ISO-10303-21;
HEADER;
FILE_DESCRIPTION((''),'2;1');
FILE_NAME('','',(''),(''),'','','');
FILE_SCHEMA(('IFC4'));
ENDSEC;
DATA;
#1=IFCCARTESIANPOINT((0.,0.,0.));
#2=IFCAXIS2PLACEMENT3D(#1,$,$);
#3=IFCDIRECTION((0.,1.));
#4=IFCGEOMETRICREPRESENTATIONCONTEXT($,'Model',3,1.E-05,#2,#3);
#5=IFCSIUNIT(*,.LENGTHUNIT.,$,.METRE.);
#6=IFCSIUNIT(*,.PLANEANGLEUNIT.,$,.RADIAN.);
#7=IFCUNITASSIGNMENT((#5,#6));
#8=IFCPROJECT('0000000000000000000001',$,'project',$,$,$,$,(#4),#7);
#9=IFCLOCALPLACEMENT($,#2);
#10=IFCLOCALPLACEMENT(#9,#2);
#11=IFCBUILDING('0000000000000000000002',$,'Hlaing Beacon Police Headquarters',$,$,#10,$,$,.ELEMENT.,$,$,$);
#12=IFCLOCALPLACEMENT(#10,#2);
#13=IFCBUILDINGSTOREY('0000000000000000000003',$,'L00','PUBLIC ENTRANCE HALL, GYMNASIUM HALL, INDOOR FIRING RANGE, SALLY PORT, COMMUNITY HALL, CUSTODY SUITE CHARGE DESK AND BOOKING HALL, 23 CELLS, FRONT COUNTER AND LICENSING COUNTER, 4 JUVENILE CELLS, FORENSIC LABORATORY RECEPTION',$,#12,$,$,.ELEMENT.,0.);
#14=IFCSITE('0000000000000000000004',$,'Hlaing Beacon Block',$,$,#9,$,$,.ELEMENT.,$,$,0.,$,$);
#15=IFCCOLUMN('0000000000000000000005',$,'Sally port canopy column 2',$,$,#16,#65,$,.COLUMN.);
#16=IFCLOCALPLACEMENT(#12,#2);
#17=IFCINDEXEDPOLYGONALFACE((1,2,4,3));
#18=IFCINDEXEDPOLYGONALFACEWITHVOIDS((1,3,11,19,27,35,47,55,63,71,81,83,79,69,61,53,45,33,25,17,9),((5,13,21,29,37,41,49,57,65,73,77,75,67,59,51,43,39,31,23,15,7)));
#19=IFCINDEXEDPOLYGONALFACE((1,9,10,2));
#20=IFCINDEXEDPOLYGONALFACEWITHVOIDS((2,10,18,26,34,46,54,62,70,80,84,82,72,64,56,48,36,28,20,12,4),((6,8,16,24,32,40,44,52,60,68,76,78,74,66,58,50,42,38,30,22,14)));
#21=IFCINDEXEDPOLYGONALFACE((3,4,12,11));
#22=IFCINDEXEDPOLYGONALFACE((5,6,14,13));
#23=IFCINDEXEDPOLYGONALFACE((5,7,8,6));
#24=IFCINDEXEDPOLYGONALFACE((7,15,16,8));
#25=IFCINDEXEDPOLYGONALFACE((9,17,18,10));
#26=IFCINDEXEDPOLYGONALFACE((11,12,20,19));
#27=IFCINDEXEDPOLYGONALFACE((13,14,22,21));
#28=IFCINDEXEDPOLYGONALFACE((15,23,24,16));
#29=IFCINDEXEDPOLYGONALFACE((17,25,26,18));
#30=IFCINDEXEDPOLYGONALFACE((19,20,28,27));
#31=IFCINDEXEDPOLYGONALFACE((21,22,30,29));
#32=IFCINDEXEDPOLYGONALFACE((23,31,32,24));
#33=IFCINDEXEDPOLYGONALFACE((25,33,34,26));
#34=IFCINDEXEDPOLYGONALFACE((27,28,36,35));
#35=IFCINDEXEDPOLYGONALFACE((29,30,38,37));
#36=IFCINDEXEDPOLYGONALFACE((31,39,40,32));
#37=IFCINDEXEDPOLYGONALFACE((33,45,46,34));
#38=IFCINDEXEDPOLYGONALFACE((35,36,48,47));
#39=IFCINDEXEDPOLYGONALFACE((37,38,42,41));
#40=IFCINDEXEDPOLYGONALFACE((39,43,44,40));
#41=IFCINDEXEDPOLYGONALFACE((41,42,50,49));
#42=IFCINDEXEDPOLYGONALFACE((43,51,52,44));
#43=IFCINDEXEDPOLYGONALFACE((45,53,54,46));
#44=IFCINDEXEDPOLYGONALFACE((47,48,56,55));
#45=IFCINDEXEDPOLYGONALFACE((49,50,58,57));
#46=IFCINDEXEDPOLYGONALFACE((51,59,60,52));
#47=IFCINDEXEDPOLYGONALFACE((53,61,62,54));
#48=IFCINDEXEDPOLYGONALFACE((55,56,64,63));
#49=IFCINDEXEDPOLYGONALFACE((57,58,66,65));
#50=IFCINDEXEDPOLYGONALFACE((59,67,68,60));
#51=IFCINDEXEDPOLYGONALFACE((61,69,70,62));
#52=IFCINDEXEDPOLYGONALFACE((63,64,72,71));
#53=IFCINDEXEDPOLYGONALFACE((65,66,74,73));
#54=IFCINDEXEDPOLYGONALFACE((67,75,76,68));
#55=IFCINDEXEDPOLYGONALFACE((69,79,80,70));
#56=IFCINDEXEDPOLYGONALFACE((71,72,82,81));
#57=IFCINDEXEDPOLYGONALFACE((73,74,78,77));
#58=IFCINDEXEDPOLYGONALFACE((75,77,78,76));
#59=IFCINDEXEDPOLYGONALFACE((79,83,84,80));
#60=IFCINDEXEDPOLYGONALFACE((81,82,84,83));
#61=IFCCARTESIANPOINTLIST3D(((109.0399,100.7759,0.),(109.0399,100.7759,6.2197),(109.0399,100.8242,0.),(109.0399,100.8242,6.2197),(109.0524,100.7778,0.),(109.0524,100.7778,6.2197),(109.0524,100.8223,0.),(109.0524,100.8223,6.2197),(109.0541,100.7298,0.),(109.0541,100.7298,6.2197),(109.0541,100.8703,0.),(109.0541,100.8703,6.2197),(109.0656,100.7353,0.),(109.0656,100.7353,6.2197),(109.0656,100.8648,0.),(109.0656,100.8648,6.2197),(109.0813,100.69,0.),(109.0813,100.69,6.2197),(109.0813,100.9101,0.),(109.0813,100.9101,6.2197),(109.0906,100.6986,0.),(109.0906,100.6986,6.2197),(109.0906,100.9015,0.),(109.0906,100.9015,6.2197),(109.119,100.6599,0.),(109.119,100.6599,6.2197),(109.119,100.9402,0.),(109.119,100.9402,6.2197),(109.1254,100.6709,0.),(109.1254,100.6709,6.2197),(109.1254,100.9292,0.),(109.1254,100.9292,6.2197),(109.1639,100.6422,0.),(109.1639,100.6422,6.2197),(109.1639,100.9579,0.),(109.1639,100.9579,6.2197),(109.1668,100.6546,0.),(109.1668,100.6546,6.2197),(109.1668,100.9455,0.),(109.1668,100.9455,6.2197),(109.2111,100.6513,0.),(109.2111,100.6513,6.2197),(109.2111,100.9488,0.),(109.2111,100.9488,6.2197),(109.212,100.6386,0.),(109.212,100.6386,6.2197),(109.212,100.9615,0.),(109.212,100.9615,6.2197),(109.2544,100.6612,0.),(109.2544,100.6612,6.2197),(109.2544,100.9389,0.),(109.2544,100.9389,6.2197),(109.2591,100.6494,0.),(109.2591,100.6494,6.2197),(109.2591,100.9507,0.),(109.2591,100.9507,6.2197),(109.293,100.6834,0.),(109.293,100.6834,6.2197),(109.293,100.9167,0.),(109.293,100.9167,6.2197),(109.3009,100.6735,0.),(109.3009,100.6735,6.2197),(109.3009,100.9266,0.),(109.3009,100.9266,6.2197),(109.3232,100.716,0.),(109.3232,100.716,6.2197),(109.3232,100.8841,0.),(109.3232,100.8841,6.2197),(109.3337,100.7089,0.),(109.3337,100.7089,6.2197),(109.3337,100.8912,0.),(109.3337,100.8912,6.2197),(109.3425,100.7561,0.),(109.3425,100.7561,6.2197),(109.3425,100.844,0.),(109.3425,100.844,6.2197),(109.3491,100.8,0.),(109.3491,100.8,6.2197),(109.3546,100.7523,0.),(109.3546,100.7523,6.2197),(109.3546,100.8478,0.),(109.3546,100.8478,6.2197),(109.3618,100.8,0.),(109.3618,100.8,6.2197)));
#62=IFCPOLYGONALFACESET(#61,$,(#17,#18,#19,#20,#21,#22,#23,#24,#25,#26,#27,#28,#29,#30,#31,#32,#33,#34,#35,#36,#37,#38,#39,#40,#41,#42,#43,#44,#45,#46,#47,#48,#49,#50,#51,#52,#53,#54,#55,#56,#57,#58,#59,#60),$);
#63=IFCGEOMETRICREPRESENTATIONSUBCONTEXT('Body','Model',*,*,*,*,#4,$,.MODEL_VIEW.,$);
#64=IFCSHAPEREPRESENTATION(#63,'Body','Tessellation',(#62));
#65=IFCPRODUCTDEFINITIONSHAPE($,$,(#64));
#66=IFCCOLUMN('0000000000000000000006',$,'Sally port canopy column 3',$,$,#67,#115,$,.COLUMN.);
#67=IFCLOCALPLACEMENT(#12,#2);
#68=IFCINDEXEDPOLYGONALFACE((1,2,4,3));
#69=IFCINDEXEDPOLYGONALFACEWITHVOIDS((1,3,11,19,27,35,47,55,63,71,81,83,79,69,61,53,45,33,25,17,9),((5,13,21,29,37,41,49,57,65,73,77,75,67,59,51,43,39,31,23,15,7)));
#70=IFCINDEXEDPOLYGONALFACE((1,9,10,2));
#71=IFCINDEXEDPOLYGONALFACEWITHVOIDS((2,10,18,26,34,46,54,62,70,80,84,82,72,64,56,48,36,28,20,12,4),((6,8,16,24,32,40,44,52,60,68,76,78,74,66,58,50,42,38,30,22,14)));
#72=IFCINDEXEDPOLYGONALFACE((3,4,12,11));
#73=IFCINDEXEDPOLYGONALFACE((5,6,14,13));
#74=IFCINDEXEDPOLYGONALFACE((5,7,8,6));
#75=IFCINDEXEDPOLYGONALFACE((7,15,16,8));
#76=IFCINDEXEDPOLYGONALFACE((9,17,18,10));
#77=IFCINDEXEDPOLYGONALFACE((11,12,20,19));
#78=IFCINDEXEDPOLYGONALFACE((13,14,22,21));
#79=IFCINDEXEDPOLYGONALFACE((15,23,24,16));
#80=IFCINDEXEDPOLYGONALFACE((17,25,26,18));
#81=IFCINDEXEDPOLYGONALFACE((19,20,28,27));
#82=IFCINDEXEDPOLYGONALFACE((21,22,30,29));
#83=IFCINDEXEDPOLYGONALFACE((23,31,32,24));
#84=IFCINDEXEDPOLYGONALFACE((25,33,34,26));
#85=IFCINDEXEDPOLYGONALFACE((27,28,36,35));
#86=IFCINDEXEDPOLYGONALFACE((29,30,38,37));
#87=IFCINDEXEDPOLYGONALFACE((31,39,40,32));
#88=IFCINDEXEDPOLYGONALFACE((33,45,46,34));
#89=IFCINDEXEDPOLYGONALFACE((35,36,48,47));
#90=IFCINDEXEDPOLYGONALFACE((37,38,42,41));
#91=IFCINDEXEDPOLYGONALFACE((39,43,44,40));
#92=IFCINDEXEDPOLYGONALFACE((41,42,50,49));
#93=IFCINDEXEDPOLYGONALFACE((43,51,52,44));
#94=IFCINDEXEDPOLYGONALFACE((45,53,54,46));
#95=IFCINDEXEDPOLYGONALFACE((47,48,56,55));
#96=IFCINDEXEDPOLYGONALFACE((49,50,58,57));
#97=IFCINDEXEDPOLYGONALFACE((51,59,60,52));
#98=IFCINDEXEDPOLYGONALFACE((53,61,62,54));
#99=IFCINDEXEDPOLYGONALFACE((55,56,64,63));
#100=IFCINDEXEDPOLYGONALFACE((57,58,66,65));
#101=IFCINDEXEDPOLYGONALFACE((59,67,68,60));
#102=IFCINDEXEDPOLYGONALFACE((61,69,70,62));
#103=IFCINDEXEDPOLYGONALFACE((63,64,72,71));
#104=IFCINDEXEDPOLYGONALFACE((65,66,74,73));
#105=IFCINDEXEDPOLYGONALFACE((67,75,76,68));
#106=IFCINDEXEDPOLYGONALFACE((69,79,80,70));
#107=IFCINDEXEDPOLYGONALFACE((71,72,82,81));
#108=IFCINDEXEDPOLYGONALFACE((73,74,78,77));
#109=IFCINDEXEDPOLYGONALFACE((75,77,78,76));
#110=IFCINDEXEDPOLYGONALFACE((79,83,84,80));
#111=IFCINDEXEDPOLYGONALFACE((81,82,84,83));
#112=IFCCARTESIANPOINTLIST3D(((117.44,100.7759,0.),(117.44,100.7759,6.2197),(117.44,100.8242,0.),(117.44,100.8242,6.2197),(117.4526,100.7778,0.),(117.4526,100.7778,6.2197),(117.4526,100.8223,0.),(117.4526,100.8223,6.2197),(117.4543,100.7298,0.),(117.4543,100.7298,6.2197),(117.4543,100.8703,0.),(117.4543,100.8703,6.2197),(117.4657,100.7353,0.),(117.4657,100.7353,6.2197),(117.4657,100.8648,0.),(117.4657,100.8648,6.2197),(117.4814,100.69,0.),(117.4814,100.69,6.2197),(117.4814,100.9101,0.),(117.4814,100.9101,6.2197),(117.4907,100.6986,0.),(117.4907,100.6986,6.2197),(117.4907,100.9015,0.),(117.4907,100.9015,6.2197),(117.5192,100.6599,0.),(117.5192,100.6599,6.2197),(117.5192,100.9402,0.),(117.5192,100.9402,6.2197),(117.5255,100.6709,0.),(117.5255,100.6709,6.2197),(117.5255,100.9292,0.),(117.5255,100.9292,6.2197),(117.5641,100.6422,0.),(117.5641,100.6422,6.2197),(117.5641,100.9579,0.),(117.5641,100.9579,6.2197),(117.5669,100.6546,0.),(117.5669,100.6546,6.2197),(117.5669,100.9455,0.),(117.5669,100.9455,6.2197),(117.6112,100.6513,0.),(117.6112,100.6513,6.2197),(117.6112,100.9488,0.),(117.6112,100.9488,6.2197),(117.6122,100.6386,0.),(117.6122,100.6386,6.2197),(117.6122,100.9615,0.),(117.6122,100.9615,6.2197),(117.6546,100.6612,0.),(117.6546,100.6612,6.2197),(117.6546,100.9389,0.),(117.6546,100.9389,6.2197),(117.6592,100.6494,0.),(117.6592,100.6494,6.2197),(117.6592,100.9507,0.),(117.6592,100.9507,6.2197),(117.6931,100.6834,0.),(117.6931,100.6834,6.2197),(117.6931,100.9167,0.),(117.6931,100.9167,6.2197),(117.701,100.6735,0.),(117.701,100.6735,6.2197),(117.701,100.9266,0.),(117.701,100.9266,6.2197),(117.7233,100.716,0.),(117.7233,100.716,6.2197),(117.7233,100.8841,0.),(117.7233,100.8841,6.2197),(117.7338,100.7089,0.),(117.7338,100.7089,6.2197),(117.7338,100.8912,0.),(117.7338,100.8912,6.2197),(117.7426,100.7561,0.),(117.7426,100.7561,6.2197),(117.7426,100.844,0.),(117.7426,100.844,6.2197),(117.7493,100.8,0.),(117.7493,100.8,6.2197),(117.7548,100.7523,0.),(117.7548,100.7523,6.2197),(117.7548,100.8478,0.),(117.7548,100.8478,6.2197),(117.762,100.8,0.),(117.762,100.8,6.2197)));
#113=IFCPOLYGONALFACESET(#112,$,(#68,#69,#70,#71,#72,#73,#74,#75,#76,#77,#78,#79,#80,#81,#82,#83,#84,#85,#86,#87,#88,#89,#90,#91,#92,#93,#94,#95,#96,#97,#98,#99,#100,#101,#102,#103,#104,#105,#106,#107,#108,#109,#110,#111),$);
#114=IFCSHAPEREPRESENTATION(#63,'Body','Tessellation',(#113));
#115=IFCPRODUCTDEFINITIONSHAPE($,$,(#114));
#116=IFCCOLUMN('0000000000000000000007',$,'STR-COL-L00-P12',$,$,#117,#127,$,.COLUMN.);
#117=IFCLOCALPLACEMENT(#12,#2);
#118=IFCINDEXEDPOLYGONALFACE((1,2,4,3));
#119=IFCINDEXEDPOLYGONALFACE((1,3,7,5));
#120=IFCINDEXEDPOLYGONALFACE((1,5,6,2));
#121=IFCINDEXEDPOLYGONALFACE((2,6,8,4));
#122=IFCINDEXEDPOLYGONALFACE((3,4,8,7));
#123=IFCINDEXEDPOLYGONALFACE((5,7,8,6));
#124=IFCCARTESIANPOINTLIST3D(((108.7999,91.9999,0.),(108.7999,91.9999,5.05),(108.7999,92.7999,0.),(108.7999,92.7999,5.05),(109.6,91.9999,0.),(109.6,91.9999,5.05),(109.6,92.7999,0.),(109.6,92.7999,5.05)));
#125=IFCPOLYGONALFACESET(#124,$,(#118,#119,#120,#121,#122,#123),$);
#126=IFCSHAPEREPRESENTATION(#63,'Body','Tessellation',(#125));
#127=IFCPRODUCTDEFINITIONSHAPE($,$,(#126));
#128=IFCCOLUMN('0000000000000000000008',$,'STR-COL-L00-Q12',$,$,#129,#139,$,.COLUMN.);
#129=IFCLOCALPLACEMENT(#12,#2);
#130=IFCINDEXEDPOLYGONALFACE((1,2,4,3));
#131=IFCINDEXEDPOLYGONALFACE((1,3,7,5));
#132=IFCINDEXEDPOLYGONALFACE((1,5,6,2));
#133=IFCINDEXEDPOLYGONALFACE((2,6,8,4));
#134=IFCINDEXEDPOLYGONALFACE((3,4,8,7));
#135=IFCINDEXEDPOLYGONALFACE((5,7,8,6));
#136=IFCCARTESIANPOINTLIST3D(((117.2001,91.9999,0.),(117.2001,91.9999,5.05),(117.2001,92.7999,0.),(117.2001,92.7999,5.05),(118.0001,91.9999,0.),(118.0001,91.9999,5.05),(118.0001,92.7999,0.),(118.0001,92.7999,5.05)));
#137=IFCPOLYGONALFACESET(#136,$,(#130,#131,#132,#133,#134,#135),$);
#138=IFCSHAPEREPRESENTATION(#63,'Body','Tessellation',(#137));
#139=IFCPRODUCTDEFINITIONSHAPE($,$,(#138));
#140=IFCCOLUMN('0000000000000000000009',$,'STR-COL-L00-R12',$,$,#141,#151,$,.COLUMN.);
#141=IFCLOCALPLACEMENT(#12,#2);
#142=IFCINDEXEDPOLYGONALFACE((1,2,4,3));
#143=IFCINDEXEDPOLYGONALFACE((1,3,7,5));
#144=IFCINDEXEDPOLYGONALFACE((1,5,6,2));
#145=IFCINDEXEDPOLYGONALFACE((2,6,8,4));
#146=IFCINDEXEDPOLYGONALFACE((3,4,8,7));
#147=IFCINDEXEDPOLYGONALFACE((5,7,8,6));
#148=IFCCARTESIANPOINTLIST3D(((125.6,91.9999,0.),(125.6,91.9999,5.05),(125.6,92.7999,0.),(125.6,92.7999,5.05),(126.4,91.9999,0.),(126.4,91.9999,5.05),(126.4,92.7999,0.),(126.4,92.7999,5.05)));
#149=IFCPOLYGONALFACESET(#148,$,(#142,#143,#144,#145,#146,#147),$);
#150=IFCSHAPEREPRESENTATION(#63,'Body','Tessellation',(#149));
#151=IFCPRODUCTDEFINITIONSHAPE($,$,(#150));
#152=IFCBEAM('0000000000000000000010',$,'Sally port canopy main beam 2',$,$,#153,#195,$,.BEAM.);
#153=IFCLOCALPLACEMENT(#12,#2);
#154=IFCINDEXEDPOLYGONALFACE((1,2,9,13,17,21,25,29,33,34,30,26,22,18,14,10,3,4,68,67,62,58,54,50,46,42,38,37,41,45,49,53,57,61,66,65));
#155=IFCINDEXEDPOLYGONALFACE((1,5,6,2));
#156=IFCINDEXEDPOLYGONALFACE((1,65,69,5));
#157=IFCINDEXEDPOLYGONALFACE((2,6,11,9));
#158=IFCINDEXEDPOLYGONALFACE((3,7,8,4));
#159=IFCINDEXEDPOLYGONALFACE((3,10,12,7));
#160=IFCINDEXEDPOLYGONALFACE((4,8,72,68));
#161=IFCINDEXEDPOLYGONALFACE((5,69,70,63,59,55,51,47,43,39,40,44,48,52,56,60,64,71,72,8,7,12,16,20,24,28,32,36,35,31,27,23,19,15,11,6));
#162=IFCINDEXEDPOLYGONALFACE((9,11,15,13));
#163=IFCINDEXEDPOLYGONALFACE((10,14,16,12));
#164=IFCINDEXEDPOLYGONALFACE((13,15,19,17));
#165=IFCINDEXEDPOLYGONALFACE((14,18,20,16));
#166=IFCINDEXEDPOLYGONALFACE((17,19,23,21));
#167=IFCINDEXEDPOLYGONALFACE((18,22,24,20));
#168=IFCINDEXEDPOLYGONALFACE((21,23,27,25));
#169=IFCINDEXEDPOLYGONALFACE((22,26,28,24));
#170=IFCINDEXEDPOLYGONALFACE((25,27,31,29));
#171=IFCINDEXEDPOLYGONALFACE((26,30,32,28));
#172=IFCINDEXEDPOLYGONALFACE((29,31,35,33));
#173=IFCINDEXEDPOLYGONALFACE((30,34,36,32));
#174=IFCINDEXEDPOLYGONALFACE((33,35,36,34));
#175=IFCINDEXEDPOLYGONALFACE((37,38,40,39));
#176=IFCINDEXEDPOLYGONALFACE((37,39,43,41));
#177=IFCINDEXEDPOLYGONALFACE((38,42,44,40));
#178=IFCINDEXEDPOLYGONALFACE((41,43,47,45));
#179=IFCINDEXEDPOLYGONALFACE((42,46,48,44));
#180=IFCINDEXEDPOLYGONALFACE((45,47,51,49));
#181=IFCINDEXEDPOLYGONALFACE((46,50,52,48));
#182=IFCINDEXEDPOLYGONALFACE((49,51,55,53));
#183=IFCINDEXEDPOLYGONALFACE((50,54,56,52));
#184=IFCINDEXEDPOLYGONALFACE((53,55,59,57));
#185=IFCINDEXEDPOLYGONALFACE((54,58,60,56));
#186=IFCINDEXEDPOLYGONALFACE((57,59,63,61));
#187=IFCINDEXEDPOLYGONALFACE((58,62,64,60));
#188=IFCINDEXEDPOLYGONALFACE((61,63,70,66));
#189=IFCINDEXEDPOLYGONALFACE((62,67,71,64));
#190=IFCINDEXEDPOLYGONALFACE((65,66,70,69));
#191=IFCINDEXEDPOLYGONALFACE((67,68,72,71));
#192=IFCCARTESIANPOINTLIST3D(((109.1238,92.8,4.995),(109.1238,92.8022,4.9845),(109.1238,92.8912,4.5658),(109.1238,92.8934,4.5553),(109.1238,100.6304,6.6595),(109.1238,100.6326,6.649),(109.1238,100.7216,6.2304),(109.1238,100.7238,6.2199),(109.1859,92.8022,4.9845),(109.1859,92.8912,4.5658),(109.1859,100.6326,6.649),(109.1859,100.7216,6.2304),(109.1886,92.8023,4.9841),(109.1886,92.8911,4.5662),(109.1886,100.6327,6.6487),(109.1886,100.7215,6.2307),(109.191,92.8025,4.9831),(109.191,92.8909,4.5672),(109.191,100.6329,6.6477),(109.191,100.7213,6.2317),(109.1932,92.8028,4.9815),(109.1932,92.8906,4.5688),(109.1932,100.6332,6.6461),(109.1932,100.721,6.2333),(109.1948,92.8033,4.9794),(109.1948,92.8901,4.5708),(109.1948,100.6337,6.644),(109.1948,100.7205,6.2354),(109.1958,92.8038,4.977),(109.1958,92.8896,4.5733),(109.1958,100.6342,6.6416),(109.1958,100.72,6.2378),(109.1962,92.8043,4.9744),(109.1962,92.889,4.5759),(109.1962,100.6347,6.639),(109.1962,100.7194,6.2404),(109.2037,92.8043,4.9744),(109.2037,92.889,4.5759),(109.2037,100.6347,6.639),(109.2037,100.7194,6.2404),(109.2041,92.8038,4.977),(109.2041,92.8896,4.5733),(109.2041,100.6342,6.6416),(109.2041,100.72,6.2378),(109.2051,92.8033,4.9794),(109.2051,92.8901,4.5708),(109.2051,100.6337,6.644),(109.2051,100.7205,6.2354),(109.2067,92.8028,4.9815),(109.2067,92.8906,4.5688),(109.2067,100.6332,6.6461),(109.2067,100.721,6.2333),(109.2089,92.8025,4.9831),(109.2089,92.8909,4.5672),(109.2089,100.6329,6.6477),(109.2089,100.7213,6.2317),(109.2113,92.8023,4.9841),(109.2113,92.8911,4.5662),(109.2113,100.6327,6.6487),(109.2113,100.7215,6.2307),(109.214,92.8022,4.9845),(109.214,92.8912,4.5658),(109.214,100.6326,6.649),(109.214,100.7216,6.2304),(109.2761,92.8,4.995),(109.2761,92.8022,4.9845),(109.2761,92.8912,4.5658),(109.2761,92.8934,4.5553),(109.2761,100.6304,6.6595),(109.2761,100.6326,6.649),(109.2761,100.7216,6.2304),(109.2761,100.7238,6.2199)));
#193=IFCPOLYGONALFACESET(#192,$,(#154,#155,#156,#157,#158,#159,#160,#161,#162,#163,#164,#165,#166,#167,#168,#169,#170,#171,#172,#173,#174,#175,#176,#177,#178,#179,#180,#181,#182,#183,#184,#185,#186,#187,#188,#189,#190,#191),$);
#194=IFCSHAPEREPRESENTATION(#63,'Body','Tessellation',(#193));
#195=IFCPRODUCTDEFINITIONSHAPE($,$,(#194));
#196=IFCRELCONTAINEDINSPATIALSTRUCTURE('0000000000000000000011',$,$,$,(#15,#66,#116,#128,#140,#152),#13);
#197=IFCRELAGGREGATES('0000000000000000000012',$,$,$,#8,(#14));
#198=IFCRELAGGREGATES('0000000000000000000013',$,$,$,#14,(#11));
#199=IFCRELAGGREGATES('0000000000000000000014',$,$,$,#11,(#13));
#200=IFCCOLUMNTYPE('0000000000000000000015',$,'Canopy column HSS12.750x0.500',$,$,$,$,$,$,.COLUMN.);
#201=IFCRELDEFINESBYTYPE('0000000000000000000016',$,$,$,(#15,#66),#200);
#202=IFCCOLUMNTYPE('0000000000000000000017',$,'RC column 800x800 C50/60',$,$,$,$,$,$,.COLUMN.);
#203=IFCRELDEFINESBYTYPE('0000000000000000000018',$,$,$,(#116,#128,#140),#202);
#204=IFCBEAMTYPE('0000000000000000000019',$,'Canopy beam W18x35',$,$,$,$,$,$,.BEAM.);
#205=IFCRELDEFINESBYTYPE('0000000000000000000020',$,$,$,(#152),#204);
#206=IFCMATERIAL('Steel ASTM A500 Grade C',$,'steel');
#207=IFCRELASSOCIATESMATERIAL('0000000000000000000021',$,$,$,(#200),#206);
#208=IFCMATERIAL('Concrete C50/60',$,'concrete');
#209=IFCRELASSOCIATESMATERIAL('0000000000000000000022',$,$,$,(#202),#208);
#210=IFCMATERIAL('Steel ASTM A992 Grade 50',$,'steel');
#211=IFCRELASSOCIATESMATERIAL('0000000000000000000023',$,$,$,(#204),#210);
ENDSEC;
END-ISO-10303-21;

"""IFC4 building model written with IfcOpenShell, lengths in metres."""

from ifc_helpers import new_model, si_unit, direction, frame, origin, origin_2d, place, context, subcontext, project, spatial, rectangle, hollow_circle, i_section, extrude, material, material_profile, profile_set, type_object, element, save


model = new_model("IFC4")

# Units and contexts
model_context = context("Model", 3, precision=1e-05, world=origin(), true_north=direction((0.0, 1.0)))
body_context = subcontext(model_context, "Body", "Model", "MODEL_VIEW")
ifc_project = project(units=[si_unit("LENGTHUNIT", "METRE"), si_unit("PLANEANGLEUNIT", "RADIAN")], contexts=[model_context])

# Site, building, storey
site_placement = place(None, origin())
site = spatial("IfcSite", under=ifc_project, at=site_placement, Name="Hlaing Beacon Block", CompositionType="ELEMENT", RefElevation=0.0)
building_placement = place(site_placement, origin())
building = spatial("IfcBuilding", under=site, at=building_placement, Name="Hlaing Beacon Police Headquarters", CompositionType="ELEMENT")
storey_placement = place(building_placement, origin())
storey = spatial("IfcBuildingStorey", under=building, at=storey_placement, Name="L00", Description="PUBLIC ENTRANCE HALL, GYMNASIUM HALL, INDOOR FIRING RANGE, SALLY PORT, COMMUNITY HALL, CUSTODY SUITE CHARGE DESK AND BOOKING HALL, 23 CELLS, FRONT COUNTER AND LICENSING COUNTER, 4 JUVENILE CELLS, FORENSIC LABORATORY RECEPTION", CompositionType="ELEMENT", Elevation=0.0)

# Columns
ifc_material_1 = material(Name="Steel ASTM A500 Grade C", Category="steel")
ifc_material_profile_1 = material_profile(ifc_material_1, hollow_circle(Radius=0.1619, WallThickness=0.0127, at=origin_2d()), Name="HSS12.750x0.500")
ifc_profile_set_1 = profile_set([ifc_material_profile_1], Name="Steel ASTM A500 Grade C")
column_type_1 = type_object("IfcColumnType", Name="Canopy column HSS12.750x0.500", PredefinedType="COLUMN", material=ifc_profile_set_1)
for number, where, z_axis, x_axis, name in (
    (1, (109.2, 100.8, 0.0), (0.0, 0.0, 1.0), (1.0, 0.0, 0.0), "Sally port canopy column 2"),
    (2, (117.6001, 100.8, 0.0), (0.0, 0.0, 1.0), (1.0, 0.0, 0.0), "Sally port canopy column 3"),
):
    element("IfcColumn", number, at=place(storey_placement, frame(where, z_axis=z_axis, x_axis=x_axis)), inside=storey, type_object=column_type_1, Name=name, PredefinedType="COLUMN", context=body_context, shape_type="SweptSolid", body=[
        extrude(hollow_circle(Radius=0.1619, WallThickness=0.0127, at=origin_2d()), origin(), (0.0, 0.0, 1.0), 6.2197),
    ])
ifc_material_2 = material(Name="Concrete C50/60", Category="concrete")
ifc_material_profile_2 = material_profile(ifc_material_2, rectangle(XDim=0.8, YDim=0.8, at=origin_2d()), Name="800x800")
ifc_profile_set_2 = profile_set([ifc_material_profile_2], Name="Concrete C50/60")
column_type_2 = type_object("IfcColumnType", Name="RC column 800x800 C50/60", PredefinedType="COLUMN", material=ifc_profile_set_2)
for number, where, z_axis, x_axis, name in (
    (3, (109.2, 92.3999, 0.0), (0.0, 0.0, 1.0), (1.0, 0.0, 0.0), "STR-COL-L00-P12"),
    (4, (117.6001, 92.3999, 0.0), (0.0, 0.0, 1.0), (1.0, 0.0, 0.0), "STR-COL-L00-Q12"),
    (5, (126.0, 92.3999, 0.0), (0.0, 0.0, 1.0), (1.0, 0.0, 0.0), "STR-COL-L00-R12"),
):
    element("IfcColumn", number, at=place(storey_placement, frame(where, z_axis=z_axis, x_axis=x_axis)), inside=storey, type_object=column_type_2, Name=name, PredefinedType="COLUMN", context=body_context, shape_type="SweptSolid", body=[
        extrude(rectangle(XDim=0.8, YDim=0.8, at=origin_2d()), origin(), (0.0, 0.0, 1.0), 5.05),
    ])

# Beam
ifc_material_3 = material(Name="Steel ASTM A992 Grade 50", Category="steel")
ifc_material_profile_3 = material_profile(ifc_material_3, i_section(OverallWidth=0.1523, OverallDepth=0.4495, WebThickness=0.0076, FlangeThickness=0.0107, FilletRadius=0.0103, at=origin_2d()), Name="W18x35")
ifc_profile_set_3 = profile_set([ifc_material_profile_3], Name="Steel ASTM A992 Grade 50")
beam_type = type_object("IfcBeamType", Name="Canopy beam W18x35", PredefinedType="BEAM", material=ifc_profile_set_3)
for number, where, z_axis, x_axis, name in (
    (6, (109.2, 92.8467, 4.7751), (0.0, 0.978143, 0.207931), (-1.0, 0.0, 0.0), "Sally port canopy main beam 2"),
):
    element("IfcBeam", number, at=place(storey_placement, frame(where, z_axis=z_axis, x_axis=x_axis)), inside=storey, type_object=beam_type, Name=name, PredefinedType="BEAM", context=body_context, shape_type="SweptSolid", body=[
        extrude(i_section(OverallWidth=0.1523, OverallDepth=0.4495, WebThickness=0.0076, FlangeThickness=0.0107, FilletRadius=0.0103, at=origin_2d()), origin(), (0.0, 0.0, 1.0), 8.0054),
    ])

save(model, "model.ifc")
